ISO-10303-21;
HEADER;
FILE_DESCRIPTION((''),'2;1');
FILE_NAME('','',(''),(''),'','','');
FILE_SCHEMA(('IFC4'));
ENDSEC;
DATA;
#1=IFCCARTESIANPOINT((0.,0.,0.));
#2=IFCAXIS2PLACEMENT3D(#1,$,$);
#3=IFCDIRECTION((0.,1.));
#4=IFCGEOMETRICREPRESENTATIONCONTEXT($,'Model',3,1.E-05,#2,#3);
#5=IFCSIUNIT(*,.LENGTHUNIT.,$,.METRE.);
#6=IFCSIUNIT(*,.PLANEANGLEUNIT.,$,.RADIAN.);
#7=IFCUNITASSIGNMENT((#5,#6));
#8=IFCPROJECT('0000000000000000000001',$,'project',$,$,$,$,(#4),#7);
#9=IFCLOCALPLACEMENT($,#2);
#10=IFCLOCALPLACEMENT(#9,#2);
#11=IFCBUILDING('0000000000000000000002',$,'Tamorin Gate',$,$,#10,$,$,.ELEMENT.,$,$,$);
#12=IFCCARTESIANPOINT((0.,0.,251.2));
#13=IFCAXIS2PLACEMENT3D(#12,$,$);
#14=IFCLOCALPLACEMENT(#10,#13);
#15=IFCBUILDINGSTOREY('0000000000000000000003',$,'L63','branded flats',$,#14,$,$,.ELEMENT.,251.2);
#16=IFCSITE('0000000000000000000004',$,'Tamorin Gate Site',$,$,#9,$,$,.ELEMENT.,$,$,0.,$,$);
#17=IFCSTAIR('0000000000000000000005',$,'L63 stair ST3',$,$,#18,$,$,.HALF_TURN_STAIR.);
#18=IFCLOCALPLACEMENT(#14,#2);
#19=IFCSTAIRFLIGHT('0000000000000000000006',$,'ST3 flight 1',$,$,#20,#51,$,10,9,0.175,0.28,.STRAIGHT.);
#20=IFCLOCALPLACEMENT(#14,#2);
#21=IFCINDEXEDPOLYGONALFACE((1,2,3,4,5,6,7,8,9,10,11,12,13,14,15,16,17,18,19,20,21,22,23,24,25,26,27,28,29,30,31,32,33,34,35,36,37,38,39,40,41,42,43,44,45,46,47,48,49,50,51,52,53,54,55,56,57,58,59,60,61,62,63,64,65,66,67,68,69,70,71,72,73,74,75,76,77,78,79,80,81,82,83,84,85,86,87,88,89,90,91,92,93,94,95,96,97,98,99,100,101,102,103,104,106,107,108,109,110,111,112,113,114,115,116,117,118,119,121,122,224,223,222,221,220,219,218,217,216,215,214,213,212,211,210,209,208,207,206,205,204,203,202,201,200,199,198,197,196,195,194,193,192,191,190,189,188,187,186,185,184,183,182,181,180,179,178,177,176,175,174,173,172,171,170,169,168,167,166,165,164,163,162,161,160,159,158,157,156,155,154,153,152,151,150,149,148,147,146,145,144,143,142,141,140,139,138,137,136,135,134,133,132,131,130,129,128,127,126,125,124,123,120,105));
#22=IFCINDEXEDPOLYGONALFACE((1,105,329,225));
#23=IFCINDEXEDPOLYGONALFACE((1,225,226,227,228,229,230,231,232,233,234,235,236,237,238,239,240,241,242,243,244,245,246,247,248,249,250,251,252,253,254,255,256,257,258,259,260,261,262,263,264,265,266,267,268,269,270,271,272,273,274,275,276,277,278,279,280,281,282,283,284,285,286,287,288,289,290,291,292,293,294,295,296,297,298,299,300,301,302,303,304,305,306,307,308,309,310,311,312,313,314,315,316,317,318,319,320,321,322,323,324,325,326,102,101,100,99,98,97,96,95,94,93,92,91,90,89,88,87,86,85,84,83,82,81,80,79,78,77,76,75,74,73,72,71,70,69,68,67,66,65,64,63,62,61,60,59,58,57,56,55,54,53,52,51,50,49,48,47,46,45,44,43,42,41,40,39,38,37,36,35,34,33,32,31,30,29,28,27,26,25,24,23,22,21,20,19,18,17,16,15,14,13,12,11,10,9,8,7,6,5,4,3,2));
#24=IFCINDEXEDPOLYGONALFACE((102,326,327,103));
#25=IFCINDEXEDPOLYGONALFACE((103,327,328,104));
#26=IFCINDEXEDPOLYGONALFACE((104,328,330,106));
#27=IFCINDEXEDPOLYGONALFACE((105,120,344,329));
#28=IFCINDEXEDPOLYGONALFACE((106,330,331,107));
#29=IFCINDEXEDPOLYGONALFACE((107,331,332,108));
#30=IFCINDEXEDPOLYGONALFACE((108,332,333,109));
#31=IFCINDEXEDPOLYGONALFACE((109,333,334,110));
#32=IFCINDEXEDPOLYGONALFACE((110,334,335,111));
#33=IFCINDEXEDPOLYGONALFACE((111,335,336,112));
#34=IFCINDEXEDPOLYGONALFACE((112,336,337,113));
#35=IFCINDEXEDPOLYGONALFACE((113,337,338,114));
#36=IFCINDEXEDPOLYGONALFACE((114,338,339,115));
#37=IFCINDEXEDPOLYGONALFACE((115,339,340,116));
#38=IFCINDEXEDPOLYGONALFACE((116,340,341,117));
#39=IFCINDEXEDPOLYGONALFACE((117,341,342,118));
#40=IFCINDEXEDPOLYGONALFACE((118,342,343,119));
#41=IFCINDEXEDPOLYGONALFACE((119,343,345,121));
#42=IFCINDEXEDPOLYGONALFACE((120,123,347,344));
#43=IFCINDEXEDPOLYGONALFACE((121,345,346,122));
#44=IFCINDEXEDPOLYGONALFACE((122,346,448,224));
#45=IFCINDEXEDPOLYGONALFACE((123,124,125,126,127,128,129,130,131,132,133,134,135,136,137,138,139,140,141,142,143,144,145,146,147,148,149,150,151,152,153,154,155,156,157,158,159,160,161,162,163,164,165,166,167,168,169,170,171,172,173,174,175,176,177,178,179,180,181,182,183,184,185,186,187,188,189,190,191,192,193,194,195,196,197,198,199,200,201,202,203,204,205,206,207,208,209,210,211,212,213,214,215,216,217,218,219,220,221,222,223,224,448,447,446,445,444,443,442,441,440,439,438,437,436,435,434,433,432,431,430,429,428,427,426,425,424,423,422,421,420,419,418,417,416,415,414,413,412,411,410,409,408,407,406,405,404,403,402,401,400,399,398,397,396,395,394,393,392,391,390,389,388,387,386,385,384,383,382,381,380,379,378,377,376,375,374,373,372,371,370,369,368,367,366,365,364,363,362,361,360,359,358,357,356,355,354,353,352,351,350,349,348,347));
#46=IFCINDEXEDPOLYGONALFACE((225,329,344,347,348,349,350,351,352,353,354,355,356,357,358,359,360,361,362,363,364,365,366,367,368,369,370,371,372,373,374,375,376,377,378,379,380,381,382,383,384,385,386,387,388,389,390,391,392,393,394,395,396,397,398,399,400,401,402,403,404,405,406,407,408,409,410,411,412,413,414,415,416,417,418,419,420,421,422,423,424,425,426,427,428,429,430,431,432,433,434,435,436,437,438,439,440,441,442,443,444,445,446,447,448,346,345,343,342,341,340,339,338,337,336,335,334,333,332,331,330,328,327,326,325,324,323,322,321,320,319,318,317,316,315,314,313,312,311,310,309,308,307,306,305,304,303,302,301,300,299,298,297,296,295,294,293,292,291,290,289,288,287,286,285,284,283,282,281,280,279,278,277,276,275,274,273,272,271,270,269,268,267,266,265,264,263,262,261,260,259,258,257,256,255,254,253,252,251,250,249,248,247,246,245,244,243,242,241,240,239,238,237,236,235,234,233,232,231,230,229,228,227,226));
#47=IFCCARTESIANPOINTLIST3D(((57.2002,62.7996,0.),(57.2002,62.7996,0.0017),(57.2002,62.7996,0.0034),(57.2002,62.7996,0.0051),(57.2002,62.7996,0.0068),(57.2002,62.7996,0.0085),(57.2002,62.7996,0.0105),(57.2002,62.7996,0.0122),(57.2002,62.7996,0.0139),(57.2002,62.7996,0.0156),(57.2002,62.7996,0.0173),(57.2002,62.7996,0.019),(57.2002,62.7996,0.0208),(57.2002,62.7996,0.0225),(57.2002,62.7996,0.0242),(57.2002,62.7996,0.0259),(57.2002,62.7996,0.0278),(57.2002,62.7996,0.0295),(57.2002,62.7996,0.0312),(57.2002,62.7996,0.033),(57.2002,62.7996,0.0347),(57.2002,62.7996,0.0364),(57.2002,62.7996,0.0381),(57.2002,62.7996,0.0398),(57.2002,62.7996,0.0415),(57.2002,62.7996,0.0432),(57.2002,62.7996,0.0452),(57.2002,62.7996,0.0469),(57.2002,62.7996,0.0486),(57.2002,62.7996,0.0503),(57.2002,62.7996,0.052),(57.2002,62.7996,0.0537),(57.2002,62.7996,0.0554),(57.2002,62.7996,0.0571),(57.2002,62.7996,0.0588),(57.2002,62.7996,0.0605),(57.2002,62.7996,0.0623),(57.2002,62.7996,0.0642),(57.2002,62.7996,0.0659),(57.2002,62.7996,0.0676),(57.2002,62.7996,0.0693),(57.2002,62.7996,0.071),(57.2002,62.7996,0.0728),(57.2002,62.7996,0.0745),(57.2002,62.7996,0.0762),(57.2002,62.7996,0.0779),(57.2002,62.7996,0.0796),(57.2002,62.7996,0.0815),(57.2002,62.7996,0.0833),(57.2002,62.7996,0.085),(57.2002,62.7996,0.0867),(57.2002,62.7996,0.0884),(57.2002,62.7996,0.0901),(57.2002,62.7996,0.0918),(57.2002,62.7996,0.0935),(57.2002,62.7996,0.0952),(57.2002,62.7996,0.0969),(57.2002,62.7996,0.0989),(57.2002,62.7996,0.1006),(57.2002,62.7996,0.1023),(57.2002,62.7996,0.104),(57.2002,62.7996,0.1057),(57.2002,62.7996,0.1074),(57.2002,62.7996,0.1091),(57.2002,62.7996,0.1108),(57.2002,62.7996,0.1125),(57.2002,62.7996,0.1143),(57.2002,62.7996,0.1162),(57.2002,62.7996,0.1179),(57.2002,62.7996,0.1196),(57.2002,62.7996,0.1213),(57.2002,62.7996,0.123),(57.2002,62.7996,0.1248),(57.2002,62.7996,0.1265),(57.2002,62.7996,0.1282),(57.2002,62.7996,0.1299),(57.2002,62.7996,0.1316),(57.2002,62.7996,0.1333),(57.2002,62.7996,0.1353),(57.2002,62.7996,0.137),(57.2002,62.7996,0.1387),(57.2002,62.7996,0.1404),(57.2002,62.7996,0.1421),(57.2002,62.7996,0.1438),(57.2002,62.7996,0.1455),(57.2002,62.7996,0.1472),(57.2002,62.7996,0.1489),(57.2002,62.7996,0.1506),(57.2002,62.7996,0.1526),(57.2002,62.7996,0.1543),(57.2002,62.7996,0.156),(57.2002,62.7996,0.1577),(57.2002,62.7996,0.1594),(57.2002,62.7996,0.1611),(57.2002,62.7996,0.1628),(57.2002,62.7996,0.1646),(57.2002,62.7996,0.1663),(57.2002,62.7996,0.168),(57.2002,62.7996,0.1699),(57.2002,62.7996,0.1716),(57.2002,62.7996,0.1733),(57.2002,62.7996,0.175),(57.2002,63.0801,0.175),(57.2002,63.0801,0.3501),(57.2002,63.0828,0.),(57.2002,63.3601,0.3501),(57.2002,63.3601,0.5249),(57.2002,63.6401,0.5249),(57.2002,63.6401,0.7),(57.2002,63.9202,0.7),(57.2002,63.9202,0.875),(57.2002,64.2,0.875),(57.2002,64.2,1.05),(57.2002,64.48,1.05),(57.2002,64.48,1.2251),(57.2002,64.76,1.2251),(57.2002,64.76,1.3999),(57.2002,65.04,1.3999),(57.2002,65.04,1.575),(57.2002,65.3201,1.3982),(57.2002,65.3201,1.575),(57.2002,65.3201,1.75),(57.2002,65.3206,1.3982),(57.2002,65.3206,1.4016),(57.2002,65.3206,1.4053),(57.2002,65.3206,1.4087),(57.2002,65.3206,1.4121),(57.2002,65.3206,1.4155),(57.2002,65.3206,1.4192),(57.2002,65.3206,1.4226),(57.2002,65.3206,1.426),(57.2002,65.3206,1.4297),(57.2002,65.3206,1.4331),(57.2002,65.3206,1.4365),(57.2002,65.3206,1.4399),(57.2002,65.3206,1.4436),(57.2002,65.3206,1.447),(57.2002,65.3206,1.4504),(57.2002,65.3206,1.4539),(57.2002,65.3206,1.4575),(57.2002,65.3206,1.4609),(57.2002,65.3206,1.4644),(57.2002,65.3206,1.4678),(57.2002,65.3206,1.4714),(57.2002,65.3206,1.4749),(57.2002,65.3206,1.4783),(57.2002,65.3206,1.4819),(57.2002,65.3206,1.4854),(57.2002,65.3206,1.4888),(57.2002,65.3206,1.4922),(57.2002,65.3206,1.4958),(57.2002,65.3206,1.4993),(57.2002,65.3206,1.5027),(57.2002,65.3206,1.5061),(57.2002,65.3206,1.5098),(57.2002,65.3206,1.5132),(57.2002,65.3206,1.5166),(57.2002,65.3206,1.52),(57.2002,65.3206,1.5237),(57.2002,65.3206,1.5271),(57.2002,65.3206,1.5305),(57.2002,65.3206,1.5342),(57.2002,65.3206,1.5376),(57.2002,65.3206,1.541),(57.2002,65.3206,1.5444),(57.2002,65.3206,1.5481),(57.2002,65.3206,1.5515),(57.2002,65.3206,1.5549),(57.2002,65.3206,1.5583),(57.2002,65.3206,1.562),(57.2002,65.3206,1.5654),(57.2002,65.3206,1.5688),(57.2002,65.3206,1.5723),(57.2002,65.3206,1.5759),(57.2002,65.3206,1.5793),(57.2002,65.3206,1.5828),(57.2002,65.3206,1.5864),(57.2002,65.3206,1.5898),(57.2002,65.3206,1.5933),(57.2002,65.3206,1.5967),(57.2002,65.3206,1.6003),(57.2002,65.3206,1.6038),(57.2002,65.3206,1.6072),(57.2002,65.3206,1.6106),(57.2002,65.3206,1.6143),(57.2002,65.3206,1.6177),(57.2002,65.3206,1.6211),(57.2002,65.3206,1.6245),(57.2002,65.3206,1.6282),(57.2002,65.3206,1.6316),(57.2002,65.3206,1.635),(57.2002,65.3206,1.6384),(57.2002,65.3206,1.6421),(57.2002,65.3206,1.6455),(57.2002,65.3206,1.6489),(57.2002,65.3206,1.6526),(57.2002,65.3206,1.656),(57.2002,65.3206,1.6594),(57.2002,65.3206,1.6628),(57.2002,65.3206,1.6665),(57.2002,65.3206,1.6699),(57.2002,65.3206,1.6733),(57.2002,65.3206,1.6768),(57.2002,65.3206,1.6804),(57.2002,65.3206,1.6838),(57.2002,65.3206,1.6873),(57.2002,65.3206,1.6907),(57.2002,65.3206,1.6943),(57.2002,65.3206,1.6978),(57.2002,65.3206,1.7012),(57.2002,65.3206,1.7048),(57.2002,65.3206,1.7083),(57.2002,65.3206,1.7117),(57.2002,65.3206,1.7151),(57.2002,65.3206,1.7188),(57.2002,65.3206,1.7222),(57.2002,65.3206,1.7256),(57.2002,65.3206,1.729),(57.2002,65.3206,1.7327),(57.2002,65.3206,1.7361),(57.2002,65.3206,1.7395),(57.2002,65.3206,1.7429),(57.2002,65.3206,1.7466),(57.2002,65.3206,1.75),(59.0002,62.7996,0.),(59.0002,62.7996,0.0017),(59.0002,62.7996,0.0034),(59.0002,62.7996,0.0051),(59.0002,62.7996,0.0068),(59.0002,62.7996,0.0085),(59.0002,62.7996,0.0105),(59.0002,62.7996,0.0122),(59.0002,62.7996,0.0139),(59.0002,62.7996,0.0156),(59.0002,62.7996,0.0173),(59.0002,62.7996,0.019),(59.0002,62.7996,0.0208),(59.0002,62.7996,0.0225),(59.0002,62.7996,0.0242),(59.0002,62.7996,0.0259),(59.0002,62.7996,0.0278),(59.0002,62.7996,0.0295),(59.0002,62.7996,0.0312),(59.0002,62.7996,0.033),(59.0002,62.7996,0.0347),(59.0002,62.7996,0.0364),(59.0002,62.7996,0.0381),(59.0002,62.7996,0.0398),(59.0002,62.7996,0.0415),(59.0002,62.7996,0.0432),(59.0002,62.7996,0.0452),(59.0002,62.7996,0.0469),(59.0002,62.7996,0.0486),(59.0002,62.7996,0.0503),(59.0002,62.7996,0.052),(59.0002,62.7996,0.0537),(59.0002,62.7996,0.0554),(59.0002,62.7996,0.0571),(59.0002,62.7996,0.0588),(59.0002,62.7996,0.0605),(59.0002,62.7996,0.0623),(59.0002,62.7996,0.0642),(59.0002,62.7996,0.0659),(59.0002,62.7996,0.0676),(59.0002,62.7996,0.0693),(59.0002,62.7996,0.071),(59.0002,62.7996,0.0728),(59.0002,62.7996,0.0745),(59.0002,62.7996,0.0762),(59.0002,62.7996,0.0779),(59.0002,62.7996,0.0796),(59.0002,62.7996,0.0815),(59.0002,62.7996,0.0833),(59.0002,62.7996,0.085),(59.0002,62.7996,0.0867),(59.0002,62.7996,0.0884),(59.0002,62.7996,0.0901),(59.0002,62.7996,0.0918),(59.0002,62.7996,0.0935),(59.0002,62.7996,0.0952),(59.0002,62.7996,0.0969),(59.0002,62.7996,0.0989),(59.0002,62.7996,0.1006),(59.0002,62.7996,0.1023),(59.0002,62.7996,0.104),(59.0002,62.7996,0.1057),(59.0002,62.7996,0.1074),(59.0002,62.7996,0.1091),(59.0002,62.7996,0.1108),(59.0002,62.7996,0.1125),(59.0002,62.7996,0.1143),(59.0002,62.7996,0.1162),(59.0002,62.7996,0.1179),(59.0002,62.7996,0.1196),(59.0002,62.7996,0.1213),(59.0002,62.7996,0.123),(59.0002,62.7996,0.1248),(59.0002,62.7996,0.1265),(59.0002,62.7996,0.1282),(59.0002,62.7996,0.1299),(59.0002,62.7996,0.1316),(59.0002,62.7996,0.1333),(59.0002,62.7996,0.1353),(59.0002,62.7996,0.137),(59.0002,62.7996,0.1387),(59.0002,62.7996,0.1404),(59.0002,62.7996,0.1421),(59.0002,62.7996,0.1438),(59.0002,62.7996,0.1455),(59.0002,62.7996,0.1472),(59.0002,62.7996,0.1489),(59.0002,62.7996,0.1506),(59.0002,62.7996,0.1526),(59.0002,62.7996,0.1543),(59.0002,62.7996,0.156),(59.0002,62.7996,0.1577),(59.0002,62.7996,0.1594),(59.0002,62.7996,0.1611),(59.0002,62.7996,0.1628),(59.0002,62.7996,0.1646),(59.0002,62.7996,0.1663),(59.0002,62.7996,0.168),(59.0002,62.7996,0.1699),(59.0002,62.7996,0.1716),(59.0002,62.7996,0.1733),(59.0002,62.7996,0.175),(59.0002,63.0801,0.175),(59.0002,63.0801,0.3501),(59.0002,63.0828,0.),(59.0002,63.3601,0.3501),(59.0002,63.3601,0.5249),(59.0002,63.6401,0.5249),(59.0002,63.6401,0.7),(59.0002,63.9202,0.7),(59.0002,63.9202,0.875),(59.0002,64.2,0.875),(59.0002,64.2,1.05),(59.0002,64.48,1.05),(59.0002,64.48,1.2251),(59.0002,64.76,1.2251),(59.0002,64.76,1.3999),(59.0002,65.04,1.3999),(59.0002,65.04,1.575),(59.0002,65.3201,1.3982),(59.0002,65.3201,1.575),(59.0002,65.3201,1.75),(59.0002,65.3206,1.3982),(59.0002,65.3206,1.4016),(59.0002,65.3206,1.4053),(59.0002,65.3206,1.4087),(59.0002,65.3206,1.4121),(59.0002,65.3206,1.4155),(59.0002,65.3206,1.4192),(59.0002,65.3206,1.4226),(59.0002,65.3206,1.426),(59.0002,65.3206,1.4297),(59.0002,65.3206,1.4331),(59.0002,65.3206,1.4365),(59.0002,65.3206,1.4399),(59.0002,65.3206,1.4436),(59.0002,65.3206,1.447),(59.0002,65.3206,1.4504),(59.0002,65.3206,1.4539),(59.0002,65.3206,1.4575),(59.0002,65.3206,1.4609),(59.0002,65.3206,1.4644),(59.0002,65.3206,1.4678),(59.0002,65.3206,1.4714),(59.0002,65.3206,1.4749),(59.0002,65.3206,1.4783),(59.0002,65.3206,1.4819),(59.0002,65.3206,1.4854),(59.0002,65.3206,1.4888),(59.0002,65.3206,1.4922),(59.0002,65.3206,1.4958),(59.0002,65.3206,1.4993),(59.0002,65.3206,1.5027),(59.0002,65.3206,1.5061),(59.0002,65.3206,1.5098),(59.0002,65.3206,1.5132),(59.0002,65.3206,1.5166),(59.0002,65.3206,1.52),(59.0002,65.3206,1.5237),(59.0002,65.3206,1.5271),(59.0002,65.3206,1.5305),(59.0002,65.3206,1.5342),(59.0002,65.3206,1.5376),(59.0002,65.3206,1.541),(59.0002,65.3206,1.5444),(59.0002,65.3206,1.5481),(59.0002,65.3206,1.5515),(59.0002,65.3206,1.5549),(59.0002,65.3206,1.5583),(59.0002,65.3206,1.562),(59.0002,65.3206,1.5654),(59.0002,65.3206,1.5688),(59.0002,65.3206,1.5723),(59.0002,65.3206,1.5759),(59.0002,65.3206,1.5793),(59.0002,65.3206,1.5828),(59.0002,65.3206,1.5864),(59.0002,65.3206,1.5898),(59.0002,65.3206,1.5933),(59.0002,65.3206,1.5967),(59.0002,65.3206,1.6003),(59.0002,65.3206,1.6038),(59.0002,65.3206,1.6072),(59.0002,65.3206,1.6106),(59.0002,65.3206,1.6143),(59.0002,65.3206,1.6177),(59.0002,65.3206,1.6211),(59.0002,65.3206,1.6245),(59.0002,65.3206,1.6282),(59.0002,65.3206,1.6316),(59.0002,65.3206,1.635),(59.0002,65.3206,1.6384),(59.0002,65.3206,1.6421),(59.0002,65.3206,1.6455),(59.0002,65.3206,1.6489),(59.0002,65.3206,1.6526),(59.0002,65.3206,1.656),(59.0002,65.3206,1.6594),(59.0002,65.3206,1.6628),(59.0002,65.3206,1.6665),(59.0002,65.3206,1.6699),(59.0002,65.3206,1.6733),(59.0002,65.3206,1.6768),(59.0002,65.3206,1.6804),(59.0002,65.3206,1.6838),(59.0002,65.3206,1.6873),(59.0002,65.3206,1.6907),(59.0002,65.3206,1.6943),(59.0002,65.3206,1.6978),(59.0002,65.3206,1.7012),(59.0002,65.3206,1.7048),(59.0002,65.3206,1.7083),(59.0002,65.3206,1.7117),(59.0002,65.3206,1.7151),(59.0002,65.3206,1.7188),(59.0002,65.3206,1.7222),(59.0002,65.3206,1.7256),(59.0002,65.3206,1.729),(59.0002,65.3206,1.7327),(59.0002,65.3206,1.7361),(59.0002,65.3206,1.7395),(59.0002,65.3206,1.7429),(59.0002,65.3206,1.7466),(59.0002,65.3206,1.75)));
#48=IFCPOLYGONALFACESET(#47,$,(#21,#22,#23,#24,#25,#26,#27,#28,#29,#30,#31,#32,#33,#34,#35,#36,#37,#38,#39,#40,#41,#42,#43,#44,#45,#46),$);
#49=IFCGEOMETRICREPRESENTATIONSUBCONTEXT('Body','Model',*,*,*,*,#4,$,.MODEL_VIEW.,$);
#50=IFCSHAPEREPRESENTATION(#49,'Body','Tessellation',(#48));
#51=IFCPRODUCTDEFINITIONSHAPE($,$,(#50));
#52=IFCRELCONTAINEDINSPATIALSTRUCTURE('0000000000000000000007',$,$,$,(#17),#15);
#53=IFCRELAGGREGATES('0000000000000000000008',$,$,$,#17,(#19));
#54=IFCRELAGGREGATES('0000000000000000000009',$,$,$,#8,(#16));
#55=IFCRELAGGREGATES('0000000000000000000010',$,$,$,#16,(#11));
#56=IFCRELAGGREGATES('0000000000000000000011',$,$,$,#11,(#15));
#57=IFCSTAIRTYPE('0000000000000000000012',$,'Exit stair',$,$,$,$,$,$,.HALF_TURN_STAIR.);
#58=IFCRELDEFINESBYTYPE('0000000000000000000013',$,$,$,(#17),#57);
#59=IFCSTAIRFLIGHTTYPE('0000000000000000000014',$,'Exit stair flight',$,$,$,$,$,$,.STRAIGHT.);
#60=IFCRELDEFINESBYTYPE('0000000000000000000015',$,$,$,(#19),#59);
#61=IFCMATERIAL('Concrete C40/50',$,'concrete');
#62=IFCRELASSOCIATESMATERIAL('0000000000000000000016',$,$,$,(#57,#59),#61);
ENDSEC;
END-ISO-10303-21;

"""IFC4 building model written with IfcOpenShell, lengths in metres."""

from ifc_helpers import new_model, si_unit, direction, frame, origin, place, context, subcontext, project, spatial, polyline, outline, extrude, material, type_object, element, aggregate, save


model = new_model("IFC4")

# Units and contexts
model_context = context("Model", 3, precision=1e-05, world=origin(), true_north=direction((0.0, 1.0)))
body_context = subcontext(model_context, "Body", "Model", "MODEL_VIEW")
ifc_project = project(units=[si_unit("LENGTHUNIT", "METRE"), si_unit("PLANEANGLEUNIT", "RADIAN")], contexts=[model_context])

# Site, building, storey
site_placement = place(None, origin())
site = spatial("IfcSite", under=ifc_project, at=site_placement, Name="Tamorin Gate Site", CompositionType="ELEMENT", RefElevation=0.0)
building_placement = place(site_placement, origin())
building = spatial("IfcBuilding", under=site, at=building_placement, Name="Tamorin Gate", CompositionType="ELEMENT")
storey_placement = place(building_placement, frame((0.0, 0.0, 251.2)))
storey = spatial("IfcBuildingStorey", under=building, at=storey_placement, Name="L63", Description="branded flats", CompositionType="ELEMENT", Elevation=251.2)

# Stair, stair flight
ifc_material_1 = material(Name="Concrete C40/50", Category="concrete")
stair_type = type_object("IfcStairType", Name="Exit stair", PredefinedType="HALF_TURN_STAIR", material=ifc_material_1)
stair_placement = place(storey_placement, origin())
stair = element("IfcStair", 1, at=stair_placement, inside=storey, type_object=stair_type, Name="L63 stair ST3", PredefinedType="HALF_TURN_STAIR")
stair_flight_type = type_object("IfcStairFlightType", Name="Exit stair flight", PredefinedType="STRAIGHT", material=ifc_material_1)
stair_flight_1_placement = place(storey_placement, frame((58.1001, 62.8, 0.0), z_axis=(0.0, 0.0, 1.0), x_axis=(0.0, 1.0, 0.0)))
stair_flight_1 = element("IfcStairFlight", 2, at=stair_flight_1_placement, type_object=stair_flight_type, Name="ST3 flight 1", NumberOfRisers=10, NumberOfTreads=9, PredefinedType="STRAIGHT", RiserHeight=0.175, TreadLength=0.28, context=body_context, shape_type="SweptSolid", body=[
    extrude(outline(polyline([(-0.0005, 0.0), (-0.0005, 0.0017), (-0.0005, 0.0034), (-0.0005, 0.0051), (-0.0005, 0.0068), (-0.0005, 0.0085), (-0.0005, 0.0105), (-0.0005, 0.0122), (-0.0005, 0.0139), (-0.0005, 0.0156), (-0.0005, 0.0173), (-0.0005, 0.019), (-0.0005, 0.0208), (-0.0005, 0.0225), (-0.0005, 0.0242), (-0.0005, 0.0259), (-0.0005, 0.0278), (-0.0005, 0.0295), (-0.0005, 0.0312), (-0.0005, 0.033), (-0.0005, 0.0347), (-0.0005, 0.0364), (-0.0005, 0.0381), (-0.0005, 0.0398), (-0.0005, 0.0415), (-0.0005, 0.0432), (-0.0005, 0.0452), (-0.0005, 0.0469), (-0.0005, 0.0486), (-0.0005, 0.0503), (-0.0005, 0.052), (-0.0005, 0.0537), (-0.0005, 0.0554), (-0.0005, 0.0571), (-0.0005, 0.0588), (-0.0005, 0.0605), (-0.0005, 0.0623), (-0.0005, 0.0642), (-0.0005, 0.0659), (-0.0005, 0.0676), (-0.0005, 0.0693), (-0.0005, 0.071), (-0.0005, 0.0728), (-0.0005, 0.0745), (-0.0005, 0.0762), (-0.0005, 0.0779), (-0.0005, 0.0796), (-0.0005, 0.0815), (-0.0005, 0.0833), (-0.0005, 0.085), (-0.0005, 0.0867), (-0.0005, 0.0884), (-0.0005, 0.0901), (-0.0005, 0.0918), (-0.0005, 0.0935), (-0.0005, 0.0952), (-0.0005, 0.0969), (-0.0005, 0.0989), (-0.0005, 0.1006), (-0.0005, 0.1023), (-0.0005, 0.104), (-0.0005, 0.1057), (-0.0005, 0.1074), (-0.0005, 0.1091), (-0.0005, 0.1108), (-0.0005, 0.1125), (-0.0005, 0.1143), (-0.0005, 0.1162), (-0.0005, 0.1179), (-0.0005, 0.1196), (-0.0005, 0.1213), (-0.0005, 0.123), (-0.0005, 0.1248), (-0.0005, 0.1265), (-0.0005, 0.1282), (-0.0005, 0.1299), (-0.0005, 0.1316), (-0.0005, 0.1333), (-0.0005, 0.1353), (-0.0005, 0.137), (-0.0005, 0.1387), (-0.0005, 0.1404), (-0.0005, 0.1421), (-0.0005, 0.1438), (-0.0005, 0.1455), (-0.0005, 0.1472), (-0.0005, 0.1489), (-0.0005, 0.1506), (-0.0005, 0.1526), (-0.0005, 0.1543), (-0.0005, 0.156), (-0.0005, 0.1577), (-0.0005, 0.1594), (-0.0005, 0.1611), (-0.0005, 0.1628), (-0.0005, 0.1646), (-0.0005, 0.1663), (-0.0005, 0.168), (-0.0005, 0.1699), (-0.0005, 0.1716), (-0.0005, 0.1733), (-0.0005, 0.175), (0.28, 0.175), (0.28, 0.3501), (0.5601, 0.3501), (0.5601, 0.5249), (0.8401, 0.5249), (0.8401, 0.7), (1.1201, 0.7), (1.1201, 0.875), (1.3999, 0.875), (1.3999, 1.05), (1.6799, 1.05), (1.6799, 1.2251), (1.96, 1.2251), (1.96, 1.3999), (2.24, 1.3999), (2.24, 1.575), (2.52, 1.575), (2.52, 1.75), (2.5205, 1.75), (2.5205, 1.7466), (2.5205, 1.7429), (2.5205, 1.7395), (2.5205, 1.7361), (2.5205, 1.7327), (2.5205, 1.729), (2.5205, 1.7256), (2.5205, 1.7222), (2.5205, 1.7188), (2.5205, 1.7151), (2.5205, 1.7117), (2.5205, 1.7083), (2.5205, 1.7048), (2.5205, 1.7012), (2.5205, 1.6978), (2.5205, 1.6943), (2.5205, 1.6907), (2.5205, 1.6873), (2.5205, 1.6838), (2.5205, 1.6804), (2.5205, 1.6768), (2.5205, 1.6733), (2.5205, 1.6699), (2.5205, 1.6665), (2.5205, 1.6628), (2.5205, 1.6594), (2.5205, 1.656), (2.5205, 1.6526), (2.5205, 1.6489), (2.5205, 1.6455), (2.5205, 1.6421), (2.5205, 1.6384), (2.5205, 1.635), (2.5205, 1.6316), (2.5205, 1.6282), (2.5205, 1.6245), (2.5205, 1.6211), (2.5205, 1.6177), (2.5205, 1.6143), (2.5205, 1.6106), (2.5205, 1.6072), (2.5205, 1.6038), (2.5205, 1.6003), (2.5205, 1.5967), (2.5205, 1.5933), (2.5205, 1.5898), (2.5205, 1.5864), (2.5205, 1.5828), (2.5205, 1.5793), (2.5205, 1.5759), (2.5205, 1.5723), (2.5205, 1.5688), (2.5205, 1.5654), (2.5205, 1.562), (2.5205, 1.5583), (2.5205, 1.5549), (2.5205, 1.5515), (2.5205, 1.5481), (2.5205, 1.5444), (2.5205, 1.541), (2.5205, 1.5376), (2.5205, 1.5342), (2.5205, 1.5305), (2.5205, 1.5271), (2.5205, 1.5237), (2.5205, 1.52), (2.5205, 1.5166), (2.5205, 1.5132), (2.5205, 1.5098), (2.5205, 1.5061), (2.5205, 1.5027), (2.5205, 1.4993), (2.5205, 1.4958), (2.5205, 1.4922), (2.5205, 1.4888), (2.5205, 1.4854), (2.5205, 1.4819), (2.5205, 1.4783), (2.5205, 1.4749), (2.5205, 1.4714), (2.5205, 1.4678), (2.5205, 1.4644), (2.5205, 1.4609), (2.5205, 1.4575), (2.5205, 1.4539), (2.5205, 1.4504), (2.5205, 1.447), (2.5205, 1.4436), (2.5205, 1.4399), (2.5205, 1.4365), (2.5205, 1.4331), (2.5205, 1.4297), (2.5205, 1.426), (2.5205, 1.4226), (2.5205, 1.4192), (2.5205, 1.4155), (2.5205, 1.4121), (2.5205, 1.4087), (2.5205, 1.4053), (2.5205, 1.4016), (2.5205, 1.3982), (2.52, 1.3982), (0.2827, 0.0), (-0.0005, 0.0)])), frame((0.0, 0.8999, 0.0), z_axis=(0.0, -1.0, 0.0), x_axis=(1.0, 0.0, 0.0)), (0.0, 0.0, 1.0), 1.8),
])
aggregate(stair, [stair_flight_1])

save(model, "model.ifc")
